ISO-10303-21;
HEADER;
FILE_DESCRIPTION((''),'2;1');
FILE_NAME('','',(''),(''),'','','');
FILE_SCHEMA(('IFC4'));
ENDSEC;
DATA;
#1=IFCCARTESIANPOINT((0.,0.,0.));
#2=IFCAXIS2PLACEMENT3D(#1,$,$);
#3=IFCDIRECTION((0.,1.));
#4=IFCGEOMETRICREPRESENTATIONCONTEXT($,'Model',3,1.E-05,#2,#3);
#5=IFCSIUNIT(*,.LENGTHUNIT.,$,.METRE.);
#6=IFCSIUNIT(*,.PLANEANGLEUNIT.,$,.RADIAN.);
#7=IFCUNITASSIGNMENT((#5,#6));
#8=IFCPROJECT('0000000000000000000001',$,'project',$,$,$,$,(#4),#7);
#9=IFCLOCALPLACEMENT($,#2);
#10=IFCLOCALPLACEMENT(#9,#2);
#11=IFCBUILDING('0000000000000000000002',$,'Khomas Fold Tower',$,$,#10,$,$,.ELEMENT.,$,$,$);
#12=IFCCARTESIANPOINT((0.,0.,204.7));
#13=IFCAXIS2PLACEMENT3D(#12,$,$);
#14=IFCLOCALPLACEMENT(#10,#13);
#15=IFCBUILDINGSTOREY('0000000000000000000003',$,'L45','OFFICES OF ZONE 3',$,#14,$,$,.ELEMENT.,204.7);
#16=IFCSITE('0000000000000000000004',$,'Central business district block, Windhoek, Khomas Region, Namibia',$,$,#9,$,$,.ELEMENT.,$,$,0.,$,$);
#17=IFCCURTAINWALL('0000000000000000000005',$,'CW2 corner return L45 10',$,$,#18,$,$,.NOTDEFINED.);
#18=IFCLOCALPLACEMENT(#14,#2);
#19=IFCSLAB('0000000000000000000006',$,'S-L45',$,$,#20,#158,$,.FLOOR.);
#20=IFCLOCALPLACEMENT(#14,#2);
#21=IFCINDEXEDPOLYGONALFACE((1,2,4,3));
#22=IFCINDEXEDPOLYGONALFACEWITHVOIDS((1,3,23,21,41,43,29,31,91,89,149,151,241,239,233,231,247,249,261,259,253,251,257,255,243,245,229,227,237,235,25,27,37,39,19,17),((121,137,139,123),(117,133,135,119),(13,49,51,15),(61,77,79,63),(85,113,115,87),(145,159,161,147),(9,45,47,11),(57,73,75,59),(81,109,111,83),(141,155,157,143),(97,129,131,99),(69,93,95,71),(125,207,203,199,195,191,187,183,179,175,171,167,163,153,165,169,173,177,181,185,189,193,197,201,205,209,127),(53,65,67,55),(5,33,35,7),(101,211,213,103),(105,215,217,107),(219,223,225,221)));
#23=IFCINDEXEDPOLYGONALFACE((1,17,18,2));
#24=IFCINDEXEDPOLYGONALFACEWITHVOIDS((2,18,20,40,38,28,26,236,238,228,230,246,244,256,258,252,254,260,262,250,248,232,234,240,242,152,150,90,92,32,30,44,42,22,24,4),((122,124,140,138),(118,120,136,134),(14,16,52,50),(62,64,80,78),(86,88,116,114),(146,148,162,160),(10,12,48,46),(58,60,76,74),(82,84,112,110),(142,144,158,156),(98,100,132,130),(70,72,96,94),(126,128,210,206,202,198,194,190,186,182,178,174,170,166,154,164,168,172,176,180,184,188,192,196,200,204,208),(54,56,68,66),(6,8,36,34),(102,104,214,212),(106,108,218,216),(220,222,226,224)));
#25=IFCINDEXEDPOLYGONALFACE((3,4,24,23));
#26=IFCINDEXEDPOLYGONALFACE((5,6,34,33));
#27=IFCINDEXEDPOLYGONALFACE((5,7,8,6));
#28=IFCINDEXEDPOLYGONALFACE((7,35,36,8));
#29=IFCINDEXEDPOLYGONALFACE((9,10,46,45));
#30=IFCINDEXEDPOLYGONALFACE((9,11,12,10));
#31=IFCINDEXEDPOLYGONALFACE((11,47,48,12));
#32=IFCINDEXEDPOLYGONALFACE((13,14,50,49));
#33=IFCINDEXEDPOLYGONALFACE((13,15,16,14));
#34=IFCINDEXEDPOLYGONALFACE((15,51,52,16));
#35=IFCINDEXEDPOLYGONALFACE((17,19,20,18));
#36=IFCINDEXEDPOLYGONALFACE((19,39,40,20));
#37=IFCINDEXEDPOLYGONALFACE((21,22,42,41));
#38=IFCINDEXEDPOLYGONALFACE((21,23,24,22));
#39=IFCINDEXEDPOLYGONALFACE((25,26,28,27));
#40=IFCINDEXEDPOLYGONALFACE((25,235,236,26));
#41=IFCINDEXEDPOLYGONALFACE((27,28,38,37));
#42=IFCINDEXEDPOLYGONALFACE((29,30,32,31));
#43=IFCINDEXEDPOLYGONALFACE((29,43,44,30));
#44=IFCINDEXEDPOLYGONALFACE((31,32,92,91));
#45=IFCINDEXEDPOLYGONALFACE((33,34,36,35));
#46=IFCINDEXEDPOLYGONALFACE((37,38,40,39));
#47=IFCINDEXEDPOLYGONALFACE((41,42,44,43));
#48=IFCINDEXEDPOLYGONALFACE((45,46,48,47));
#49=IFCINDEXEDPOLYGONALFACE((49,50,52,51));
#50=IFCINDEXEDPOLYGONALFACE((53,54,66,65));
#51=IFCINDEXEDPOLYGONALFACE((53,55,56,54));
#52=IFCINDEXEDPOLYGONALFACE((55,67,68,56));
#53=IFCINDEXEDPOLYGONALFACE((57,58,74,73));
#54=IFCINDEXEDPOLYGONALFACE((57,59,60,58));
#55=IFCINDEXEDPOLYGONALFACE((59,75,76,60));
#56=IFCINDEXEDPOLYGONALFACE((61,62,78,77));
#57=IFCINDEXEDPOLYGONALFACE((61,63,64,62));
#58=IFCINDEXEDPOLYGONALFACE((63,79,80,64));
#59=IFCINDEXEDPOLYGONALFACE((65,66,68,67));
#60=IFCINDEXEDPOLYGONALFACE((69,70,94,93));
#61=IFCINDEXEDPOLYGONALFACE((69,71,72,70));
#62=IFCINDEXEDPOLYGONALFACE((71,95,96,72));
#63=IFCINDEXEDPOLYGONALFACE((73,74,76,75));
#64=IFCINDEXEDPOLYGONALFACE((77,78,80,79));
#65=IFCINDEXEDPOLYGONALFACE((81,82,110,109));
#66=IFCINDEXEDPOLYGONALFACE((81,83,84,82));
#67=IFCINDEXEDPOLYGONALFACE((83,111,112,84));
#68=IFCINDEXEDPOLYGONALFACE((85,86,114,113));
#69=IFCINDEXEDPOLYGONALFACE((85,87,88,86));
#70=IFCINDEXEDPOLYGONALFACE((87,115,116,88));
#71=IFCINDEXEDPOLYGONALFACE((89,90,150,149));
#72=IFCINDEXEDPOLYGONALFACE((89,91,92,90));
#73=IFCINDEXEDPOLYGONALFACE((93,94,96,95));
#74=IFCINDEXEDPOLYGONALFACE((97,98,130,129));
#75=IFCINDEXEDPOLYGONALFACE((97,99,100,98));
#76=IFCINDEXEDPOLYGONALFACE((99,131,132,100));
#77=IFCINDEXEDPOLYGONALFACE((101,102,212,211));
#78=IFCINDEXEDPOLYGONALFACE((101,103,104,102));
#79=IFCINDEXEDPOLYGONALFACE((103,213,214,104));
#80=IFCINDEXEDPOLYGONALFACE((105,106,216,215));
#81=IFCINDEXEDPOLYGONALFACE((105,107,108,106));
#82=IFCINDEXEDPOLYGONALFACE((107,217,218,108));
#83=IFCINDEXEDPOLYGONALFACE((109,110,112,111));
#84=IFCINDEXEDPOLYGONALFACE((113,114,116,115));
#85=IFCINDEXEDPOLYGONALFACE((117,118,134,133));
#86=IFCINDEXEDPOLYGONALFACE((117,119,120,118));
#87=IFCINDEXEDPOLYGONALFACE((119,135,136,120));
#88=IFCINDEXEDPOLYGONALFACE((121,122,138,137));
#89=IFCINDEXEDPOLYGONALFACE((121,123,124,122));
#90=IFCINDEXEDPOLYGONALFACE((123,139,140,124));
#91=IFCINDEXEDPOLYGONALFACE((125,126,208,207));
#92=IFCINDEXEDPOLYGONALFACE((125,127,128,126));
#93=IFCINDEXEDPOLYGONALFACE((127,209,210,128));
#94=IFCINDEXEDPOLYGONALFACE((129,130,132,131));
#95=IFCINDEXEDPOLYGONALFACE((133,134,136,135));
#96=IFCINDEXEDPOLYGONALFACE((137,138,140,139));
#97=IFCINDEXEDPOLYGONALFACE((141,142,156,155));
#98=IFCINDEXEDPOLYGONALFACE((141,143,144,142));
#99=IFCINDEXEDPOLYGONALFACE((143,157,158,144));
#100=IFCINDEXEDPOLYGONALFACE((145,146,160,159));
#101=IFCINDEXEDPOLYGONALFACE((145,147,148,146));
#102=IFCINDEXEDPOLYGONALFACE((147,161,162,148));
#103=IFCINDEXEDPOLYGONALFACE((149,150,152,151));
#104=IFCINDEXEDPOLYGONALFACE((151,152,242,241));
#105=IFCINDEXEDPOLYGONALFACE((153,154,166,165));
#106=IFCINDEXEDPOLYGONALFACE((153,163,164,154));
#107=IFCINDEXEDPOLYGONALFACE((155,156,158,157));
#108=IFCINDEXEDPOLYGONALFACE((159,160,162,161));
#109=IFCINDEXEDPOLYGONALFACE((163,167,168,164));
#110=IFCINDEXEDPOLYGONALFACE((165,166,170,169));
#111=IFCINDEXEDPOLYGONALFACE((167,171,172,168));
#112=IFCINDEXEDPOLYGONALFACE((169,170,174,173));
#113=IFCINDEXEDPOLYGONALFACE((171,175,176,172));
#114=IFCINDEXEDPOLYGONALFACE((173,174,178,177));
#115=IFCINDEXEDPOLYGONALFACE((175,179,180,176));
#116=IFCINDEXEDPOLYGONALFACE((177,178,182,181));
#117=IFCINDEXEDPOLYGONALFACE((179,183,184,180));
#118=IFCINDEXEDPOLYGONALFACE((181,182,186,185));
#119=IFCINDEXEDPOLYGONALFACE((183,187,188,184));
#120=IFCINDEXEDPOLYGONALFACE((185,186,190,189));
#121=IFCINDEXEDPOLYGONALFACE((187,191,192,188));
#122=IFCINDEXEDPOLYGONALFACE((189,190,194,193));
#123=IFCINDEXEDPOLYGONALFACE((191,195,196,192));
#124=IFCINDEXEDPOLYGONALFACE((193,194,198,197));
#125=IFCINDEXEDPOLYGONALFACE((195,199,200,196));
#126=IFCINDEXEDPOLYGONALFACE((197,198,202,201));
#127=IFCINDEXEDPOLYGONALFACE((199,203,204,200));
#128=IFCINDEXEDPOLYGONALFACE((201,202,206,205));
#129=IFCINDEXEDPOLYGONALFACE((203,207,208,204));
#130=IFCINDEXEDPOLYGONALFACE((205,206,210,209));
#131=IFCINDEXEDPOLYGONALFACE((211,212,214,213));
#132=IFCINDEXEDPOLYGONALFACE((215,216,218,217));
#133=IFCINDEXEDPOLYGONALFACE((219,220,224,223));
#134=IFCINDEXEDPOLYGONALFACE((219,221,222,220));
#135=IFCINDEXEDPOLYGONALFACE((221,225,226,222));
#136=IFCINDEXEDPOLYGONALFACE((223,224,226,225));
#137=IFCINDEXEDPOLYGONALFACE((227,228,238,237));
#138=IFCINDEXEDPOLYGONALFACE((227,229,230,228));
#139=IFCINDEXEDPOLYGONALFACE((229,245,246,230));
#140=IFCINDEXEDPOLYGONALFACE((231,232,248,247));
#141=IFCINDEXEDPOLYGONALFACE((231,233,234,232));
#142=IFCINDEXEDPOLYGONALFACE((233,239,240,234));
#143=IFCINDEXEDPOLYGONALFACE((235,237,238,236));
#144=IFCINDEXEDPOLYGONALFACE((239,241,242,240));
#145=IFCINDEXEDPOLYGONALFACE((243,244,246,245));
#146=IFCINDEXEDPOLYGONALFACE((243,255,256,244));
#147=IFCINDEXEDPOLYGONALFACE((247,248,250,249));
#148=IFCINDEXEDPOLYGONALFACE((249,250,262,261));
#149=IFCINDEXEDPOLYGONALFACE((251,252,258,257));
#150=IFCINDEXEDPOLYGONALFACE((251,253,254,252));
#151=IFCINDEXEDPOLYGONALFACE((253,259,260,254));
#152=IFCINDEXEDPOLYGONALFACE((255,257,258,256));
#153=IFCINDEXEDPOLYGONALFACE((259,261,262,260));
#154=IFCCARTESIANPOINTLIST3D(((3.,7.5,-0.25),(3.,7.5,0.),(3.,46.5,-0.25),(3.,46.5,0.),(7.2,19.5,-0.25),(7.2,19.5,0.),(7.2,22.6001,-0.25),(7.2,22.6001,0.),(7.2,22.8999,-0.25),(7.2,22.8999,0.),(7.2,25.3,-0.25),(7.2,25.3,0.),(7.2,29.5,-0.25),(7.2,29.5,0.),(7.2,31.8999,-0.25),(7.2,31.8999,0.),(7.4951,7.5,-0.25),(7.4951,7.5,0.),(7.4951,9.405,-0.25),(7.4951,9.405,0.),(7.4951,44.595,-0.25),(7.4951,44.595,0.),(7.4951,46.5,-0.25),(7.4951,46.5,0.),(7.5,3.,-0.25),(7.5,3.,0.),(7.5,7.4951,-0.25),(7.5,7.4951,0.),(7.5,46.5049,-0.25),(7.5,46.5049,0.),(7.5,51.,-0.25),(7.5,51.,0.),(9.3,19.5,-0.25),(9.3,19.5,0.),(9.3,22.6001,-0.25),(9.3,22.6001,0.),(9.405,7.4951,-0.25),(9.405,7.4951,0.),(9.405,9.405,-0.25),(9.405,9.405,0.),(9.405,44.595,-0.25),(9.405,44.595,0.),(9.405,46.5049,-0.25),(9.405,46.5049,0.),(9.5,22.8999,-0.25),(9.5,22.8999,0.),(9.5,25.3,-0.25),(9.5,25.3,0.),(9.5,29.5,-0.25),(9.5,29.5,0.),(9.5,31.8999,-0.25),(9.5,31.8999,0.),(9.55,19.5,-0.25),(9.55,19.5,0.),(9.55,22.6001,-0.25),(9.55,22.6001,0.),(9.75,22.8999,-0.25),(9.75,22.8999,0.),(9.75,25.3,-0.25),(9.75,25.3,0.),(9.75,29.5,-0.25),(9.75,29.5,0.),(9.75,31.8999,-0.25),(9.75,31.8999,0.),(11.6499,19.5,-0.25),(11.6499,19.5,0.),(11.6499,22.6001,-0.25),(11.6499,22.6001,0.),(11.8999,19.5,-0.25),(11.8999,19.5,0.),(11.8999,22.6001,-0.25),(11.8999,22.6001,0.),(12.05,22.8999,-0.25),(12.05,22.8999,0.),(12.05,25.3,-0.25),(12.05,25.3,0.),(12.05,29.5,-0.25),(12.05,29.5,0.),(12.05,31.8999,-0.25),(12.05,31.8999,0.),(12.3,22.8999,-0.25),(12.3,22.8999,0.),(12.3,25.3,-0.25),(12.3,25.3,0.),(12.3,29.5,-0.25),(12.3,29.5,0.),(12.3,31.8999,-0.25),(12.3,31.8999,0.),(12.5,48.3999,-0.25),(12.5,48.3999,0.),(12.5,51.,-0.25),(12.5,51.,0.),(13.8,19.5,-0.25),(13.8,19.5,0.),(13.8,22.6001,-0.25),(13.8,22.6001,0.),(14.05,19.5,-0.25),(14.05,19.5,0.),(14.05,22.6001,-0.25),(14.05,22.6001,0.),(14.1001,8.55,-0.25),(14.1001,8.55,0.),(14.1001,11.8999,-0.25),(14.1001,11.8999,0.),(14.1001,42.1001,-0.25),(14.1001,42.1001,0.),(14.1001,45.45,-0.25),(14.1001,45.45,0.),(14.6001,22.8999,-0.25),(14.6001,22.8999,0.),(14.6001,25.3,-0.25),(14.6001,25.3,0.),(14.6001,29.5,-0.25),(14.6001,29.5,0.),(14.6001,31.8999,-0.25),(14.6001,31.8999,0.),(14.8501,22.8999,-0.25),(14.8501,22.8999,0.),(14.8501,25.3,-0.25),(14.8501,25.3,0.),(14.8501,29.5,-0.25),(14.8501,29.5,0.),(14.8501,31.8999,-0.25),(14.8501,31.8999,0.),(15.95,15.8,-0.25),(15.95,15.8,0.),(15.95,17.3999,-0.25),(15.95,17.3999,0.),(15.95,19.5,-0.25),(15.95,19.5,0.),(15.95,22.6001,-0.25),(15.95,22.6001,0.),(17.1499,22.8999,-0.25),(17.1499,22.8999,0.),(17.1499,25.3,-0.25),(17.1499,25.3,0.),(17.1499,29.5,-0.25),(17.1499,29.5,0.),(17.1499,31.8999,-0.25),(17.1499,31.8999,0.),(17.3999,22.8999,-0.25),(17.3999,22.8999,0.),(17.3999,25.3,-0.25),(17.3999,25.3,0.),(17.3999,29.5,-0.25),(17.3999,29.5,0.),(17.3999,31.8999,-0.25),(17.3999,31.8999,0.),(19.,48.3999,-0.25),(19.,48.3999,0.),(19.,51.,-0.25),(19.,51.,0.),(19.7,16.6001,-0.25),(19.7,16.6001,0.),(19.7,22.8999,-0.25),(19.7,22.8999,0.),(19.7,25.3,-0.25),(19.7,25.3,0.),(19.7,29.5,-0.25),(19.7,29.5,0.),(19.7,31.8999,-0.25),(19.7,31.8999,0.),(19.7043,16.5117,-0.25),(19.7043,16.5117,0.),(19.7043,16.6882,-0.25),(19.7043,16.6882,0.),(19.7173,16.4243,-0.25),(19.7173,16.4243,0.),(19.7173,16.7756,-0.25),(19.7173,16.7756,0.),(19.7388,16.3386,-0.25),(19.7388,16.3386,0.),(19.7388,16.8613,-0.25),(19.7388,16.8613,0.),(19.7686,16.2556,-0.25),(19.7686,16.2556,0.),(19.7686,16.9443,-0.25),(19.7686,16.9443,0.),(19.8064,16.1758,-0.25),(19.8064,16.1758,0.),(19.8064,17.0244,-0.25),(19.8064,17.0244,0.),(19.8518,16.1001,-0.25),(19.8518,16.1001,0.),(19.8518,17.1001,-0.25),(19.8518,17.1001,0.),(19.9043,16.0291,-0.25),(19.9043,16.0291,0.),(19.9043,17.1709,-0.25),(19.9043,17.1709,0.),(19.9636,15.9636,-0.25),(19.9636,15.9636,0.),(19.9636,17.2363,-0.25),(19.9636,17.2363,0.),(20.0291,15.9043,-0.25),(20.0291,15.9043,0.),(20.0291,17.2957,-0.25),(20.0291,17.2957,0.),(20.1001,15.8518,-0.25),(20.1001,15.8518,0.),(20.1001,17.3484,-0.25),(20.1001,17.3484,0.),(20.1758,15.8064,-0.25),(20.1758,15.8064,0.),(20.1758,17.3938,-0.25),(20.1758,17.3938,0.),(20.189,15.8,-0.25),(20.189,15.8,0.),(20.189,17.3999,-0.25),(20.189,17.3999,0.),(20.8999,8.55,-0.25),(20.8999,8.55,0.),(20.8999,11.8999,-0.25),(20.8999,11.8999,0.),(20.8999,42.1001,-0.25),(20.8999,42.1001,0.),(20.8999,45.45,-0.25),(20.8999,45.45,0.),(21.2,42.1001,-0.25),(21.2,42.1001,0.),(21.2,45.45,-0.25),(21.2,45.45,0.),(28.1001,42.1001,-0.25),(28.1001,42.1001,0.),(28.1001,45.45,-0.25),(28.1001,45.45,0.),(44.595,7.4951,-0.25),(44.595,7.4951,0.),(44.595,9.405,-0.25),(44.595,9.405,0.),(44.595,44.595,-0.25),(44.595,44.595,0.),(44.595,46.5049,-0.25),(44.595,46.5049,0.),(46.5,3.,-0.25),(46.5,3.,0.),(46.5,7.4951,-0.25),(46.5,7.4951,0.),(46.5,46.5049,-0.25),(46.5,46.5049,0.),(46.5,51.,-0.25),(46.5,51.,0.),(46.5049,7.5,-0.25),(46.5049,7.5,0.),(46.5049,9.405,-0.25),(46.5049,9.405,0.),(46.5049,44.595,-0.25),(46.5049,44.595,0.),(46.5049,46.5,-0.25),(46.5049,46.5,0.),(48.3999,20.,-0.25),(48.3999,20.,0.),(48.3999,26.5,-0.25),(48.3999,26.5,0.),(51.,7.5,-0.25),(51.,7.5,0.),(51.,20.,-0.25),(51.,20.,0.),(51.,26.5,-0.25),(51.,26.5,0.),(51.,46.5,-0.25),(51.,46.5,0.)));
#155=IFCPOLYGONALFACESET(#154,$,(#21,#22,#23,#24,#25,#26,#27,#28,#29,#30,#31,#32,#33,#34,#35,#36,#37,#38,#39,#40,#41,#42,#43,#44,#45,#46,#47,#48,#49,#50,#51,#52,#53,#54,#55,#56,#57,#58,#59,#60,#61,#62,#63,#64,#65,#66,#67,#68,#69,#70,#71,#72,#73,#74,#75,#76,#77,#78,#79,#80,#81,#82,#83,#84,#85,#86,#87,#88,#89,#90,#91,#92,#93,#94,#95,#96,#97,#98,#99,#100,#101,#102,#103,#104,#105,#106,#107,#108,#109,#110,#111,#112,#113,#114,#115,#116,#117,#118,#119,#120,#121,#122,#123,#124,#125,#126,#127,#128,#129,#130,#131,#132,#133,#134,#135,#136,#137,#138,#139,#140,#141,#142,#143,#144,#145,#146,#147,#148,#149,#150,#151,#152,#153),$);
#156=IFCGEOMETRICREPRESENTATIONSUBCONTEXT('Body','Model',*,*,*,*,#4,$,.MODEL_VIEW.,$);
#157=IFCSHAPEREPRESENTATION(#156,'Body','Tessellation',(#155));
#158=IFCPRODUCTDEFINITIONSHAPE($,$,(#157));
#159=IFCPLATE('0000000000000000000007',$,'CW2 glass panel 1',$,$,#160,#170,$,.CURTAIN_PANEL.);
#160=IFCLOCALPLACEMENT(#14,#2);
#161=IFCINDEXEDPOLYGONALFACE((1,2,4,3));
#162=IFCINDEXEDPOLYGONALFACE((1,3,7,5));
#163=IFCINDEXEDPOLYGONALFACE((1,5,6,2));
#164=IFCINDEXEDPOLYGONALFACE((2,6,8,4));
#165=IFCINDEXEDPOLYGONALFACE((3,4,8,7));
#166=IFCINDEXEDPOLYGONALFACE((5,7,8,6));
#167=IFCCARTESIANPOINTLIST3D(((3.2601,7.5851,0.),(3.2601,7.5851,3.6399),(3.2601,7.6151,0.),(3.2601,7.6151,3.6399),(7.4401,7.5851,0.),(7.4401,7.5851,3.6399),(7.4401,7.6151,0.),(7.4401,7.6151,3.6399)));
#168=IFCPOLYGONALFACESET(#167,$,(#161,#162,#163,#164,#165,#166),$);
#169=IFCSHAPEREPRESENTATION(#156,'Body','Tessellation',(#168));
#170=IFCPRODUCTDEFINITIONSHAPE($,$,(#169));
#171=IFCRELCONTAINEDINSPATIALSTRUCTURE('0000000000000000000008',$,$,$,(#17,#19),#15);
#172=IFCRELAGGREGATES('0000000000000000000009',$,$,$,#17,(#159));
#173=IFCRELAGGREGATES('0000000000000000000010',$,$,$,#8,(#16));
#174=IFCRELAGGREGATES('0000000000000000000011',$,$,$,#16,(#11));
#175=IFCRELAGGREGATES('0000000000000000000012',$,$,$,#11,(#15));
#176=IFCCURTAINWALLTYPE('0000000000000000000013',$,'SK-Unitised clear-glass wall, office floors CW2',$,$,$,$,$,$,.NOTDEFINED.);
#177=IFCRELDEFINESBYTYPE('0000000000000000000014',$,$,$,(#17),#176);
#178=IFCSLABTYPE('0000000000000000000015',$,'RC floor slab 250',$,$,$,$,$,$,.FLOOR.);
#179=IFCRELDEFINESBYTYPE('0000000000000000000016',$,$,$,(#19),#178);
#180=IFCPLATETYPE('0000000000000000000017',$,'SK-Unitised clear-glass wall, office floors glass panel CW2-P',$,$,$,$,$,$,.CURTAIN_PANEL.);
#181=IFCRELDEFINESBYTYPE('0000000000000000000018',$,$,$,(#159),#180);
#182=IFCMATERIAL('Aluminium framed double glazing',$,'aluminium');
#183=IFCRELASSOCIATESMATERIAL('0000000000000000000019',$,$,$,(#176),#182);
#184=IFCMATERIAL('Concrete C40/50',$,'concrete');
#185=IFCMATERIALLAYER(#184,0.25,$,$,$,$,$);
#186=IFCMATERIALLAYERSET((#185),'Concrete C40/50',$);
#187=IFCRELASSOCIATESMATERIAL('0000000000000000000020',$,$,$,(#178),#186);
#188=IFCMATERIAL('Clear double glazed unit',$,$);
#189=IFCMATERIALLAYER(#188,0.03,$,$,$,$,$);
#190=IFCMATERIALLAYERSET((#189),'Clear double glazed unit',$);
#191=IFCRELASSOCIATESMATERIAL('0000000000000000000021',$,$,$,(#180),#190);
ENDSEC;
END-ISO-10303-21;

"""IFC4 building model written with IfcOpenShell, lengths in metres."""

from ifc_helpers import new_model, si_unit, direction, frame, origin, origin_2d, place, context, subcontext, project, spatial, polyline, rectangle, outline, extrude, source, transform, mapped, material, layer, layer_set, type_object, element, aggregate, save


model = new_model("IFC4")

# Units and contexts
model_context = context("Model", 3, precision=1e-05, world=origin(), true_north=direction((0.0, 1.0)))
body_context = subcontext(model_context, "Body", "Model", "MODEL_VIEW")
ifc_project = project(units=[si_unit("LENGTHUNIT", "METRE"), si_unit("PLANEANGLEUNIT", "RADIAN")], contexts=[model_context])

# Site, building, storey
site_placement = place(None, origin())
site = spatial("IfcSite", under=ifc_project, at=site_placement, Name="Central business district block, Windhoek, Khomas Region, Namibia", CompositionType="ELEMENT", RefElevation=0.0)
building_placement = place(site_placement, origin())
building = spatial("IfcBuilding", under=site, at=building_placement, Name="Khomas Fold Tower", CompositionType="ELEMENT")
storey_placement = place(building_placement, frame((0.0, 0.0, 204.7)))
storey = spatial("IfcBuildingStorey", under=building, at=storey_placement, Name="L45", Description="OFFICES OF ZONE 3", CompositionType="ELEMENT", Elevation=204.7)

# Curtain wall
ifc_material_1 = material(Name="Aluminium framed double glazing", Category="aluminium")
curtain_wall_type = type_object("IfcCurtainWallType", Name="SK-Unitised clear-glass wall, office floors CW2", PredefinedType="NOTDEFINED", material=ifc_material_1)
curtain_wall_1_placement = place(storey_placement, origin())
curtain_wall_1 = element("IfcCurtainWall", 1, at=curtain_wall_1_placement, inside=storey, type_object=curtain_wall_type, Name="CW2 corner return L45 10", PredefinedType="NOTDEFINED")

# Slab
ifc_material_2 = material(Name="Concrete C40/50", Category="concrete")
ifc_layer_1 = layer(ifc_material_2, 0.25)
ifc_layer_set_1 = layer_set([ifc_layer_1], Name="Concrete C40/50")
slab_type_1 = type_object("IfcSlabType", Name="RC floor slab 250", PredefinedType="FLOOR", material=ifc_layer_set_1)
shared_shape_1 = source(origin(), body_context, "Body", "SweptSolid", [
    extrude(outline(polyline([(3.0, 7.5), (7.4951, 7.5), (7.4951, 9.405), (9.405, 9.405), (9.405, 7.4951), (7.5, 7.4951), (7.5, 3.0), (46.5, 3.0), (46.5, 7.4951), (44.595, 7.4951), (44.595, 9.405), (46.5049, 9.405), (46.5049, 7.5), (51.0, 7.5), (51.0, 20.0), (48.3999, 20.0), (48.3999, 26.5), (51.0, 26.5), (51.0, 46.5), (46.5049, 46.5), (46.5049, 44.595), (44.595, 44.595), (44.595, 46.5049), (46.5, 46.5049), (46.5, 51.0), (19.0, 51.0), (19.0, 48.3999), (12.5, 48.3999), (12.5, 51.0), (7.5, 51.0), (7.5, 46.5049), (9.405, 46.5049), (9.405, 44.595), (7.4951, 44.595), (7.4951, 46.5), (3.0, 46.5), (3.0, 7.5)]), holes=[polyline([(7.2, 19.5), (7.2, 22.6001), (9.3, 22.6001), (9.3, 19.5), (7.2, 19.5)]), polyline([(7.2, 22.8999), (7.2, 25.3), (9.5, 25.3), (9.5, 22.8999), (7.2, 22.8999)]), polyline([(7.2, 29.5), (7.2, 31.8999), (9.5, 31.8999), (9.5, 29.5), (7.2, 29.5)]), polyline([(9.55, 19.5), (9.55, 22.6001), (11.6499, 22.6001), (11.6499, 19.5), (9.55, 19.5)]), polyline([(9.75, 22.8999), (9.75, 25.3), (12.05, 25.3), (12.05, 22.8999), (9.75, 22.8999)]), polyline([(9.75, 29.5), (9.75, 31.8999), (12.05, 31.8999), (12.05, 29.5), (9.75, 29.5)]), polyline([(11.8999, 19.5), (11.8999, 22.6001), (13.8, 22.6001), (13.8, 19.5), (11.8999, 19.5)]), polyline([(12.3, 22.8999), (12.3, 25.3), (14.6001, 25.3), (14.6001, 22.8999), (12.3, 22.8999)]), polyline([(12.3, 29.5), (12.3, 31.8999), (14.6001, 31.8999), (14.6001, 29.5), (12.3, 29.5)]), polyline([(14.05, 19.5), (14.05, 22.6001), (15.95, 22.6001), (15.95, 19.5), (14.05, 19.5)]), polyline([(14.1001, 8.55), (14.1001, 11.8999), (20.8999, 11.8999), (20.8999, 8.55), (14.1001, 8.55)]), polyline([(14.1001, 42.1001), (14.1001, 45.45), (20.8999, 45.45), (20.8999, 42.1001), (14.1001, 42.1001)]), polyline([(14.8501, 22.8999), (14.8501, 25.3), (17.1499, 25.3), (17.1499, 22.8999), (14.8501, 22.8999)]), polyline([(14.8501, 29.5), (14.8501, 31.8999), (17.1499, 31.8999), (17.1499, 29.5), (14.8501, 29.5)]), polyline([(15.95, 15.8), (15.95, 17.3999), (20.189, 17.3999), (20.1758, 17.3938), (20.1001, 17.3484), (20.0291, 17.2957), (19.9636, 17.2363), (19.9043, 17.1709), (19.8518, 17.1001), (19.8064, 17.0244), (19.7686, 16.9443), (19.7388, 16.8613), (19.7173, 16.7756), (19.7043, 16.6882), (19.7, 16.6001), (19.7043, 16.5117), (19.7173, 16.4243), (19.7388, 16.3386), (19.7686, 16.2556), (19.8064, 16.1758), (19.8518, 16.1001), (19.9043, 16.0291), (19.9636, 15.9636), (20.0291, 15.9043), (20.1001, 15.8518), (20.1758, 15.8064), (20.189, 15.8), (15.95, 15.8)]), polyline([(17.3999, 22.8999), (17.3999, 25.3), (19.7, 25.3), (19.7, 22.8999), (17.3999, 22.8999)]), polyline([(17.3999, 29.5), (17.3999, 31.8999), (19.7, 31.8999), (19.7, 29.5), (17.3999, 29.5)]), polyline([(21.2, 42.1001), (21.2, 45.45), (28.1001, 45.45), (28.1001, 42.1001), (21.2, 42.1001)])]), origin(), (0.0, 0.0, 1.0), 0.25),
])
slab_1_placement = place(storey_placement, frame((0.0, 0.0, -0.25)))
element("IfcSlab", 2, at=slab_1_placement, inside=storey, type_object=slab_type_1, Name="S-L45", PredefinedType="FLOOR", context=body_context, shape_type="MappedRepresentation", body=[
    mapped(shared_shape_1, transform((0.0, 0.0, 0.0))),
])

# Plate
ifc_material_3 = material(Name="Clear double glazed unit")
ifc_layer_2 = layer(ifc_material_3, 0.03)
ifc_layer_set_2 = layer_set([ifc_layer_2], Name="Clear double glazed unit")
plate_type = type_object("IfcPlateType", Name="SK-Unitised clear-glass wall, office floors glass panel CW2-P", PredefinedType="CURTAIN_PANEL", material=ifc_layer_set_2)
shared_shape_2 = source(origin(), body_context, "Body", "SweptSolid", [
    extrude(rectangle(XDim=4.1799, YDim=0.03, at=origin_2d()), origin(), (0.0, 0.0, 1.0), 3.6399),
])
plate_1_placement = place(storey_placement, frame((5.3501, 7.6001, 0.0), z_axis=(0.0, 0.0, 1.0), x_axis=(1.0, 0.0, 0.0)))
plate_1 = element("IfcPlate", 3, at=plate_1_placement, type_object=plate_type, Name="CW2 glass panel 1", PredefinedType="CURTAIN_PANEL", context=body_context, shape_type="MappedRepresentation", body=[
    mapped(shared_shape_2, transform((0.0, 0.0, 0.0))),
])
aggregate(curtain_wall_1, [plate_1])

save(model, "model.ifc")
